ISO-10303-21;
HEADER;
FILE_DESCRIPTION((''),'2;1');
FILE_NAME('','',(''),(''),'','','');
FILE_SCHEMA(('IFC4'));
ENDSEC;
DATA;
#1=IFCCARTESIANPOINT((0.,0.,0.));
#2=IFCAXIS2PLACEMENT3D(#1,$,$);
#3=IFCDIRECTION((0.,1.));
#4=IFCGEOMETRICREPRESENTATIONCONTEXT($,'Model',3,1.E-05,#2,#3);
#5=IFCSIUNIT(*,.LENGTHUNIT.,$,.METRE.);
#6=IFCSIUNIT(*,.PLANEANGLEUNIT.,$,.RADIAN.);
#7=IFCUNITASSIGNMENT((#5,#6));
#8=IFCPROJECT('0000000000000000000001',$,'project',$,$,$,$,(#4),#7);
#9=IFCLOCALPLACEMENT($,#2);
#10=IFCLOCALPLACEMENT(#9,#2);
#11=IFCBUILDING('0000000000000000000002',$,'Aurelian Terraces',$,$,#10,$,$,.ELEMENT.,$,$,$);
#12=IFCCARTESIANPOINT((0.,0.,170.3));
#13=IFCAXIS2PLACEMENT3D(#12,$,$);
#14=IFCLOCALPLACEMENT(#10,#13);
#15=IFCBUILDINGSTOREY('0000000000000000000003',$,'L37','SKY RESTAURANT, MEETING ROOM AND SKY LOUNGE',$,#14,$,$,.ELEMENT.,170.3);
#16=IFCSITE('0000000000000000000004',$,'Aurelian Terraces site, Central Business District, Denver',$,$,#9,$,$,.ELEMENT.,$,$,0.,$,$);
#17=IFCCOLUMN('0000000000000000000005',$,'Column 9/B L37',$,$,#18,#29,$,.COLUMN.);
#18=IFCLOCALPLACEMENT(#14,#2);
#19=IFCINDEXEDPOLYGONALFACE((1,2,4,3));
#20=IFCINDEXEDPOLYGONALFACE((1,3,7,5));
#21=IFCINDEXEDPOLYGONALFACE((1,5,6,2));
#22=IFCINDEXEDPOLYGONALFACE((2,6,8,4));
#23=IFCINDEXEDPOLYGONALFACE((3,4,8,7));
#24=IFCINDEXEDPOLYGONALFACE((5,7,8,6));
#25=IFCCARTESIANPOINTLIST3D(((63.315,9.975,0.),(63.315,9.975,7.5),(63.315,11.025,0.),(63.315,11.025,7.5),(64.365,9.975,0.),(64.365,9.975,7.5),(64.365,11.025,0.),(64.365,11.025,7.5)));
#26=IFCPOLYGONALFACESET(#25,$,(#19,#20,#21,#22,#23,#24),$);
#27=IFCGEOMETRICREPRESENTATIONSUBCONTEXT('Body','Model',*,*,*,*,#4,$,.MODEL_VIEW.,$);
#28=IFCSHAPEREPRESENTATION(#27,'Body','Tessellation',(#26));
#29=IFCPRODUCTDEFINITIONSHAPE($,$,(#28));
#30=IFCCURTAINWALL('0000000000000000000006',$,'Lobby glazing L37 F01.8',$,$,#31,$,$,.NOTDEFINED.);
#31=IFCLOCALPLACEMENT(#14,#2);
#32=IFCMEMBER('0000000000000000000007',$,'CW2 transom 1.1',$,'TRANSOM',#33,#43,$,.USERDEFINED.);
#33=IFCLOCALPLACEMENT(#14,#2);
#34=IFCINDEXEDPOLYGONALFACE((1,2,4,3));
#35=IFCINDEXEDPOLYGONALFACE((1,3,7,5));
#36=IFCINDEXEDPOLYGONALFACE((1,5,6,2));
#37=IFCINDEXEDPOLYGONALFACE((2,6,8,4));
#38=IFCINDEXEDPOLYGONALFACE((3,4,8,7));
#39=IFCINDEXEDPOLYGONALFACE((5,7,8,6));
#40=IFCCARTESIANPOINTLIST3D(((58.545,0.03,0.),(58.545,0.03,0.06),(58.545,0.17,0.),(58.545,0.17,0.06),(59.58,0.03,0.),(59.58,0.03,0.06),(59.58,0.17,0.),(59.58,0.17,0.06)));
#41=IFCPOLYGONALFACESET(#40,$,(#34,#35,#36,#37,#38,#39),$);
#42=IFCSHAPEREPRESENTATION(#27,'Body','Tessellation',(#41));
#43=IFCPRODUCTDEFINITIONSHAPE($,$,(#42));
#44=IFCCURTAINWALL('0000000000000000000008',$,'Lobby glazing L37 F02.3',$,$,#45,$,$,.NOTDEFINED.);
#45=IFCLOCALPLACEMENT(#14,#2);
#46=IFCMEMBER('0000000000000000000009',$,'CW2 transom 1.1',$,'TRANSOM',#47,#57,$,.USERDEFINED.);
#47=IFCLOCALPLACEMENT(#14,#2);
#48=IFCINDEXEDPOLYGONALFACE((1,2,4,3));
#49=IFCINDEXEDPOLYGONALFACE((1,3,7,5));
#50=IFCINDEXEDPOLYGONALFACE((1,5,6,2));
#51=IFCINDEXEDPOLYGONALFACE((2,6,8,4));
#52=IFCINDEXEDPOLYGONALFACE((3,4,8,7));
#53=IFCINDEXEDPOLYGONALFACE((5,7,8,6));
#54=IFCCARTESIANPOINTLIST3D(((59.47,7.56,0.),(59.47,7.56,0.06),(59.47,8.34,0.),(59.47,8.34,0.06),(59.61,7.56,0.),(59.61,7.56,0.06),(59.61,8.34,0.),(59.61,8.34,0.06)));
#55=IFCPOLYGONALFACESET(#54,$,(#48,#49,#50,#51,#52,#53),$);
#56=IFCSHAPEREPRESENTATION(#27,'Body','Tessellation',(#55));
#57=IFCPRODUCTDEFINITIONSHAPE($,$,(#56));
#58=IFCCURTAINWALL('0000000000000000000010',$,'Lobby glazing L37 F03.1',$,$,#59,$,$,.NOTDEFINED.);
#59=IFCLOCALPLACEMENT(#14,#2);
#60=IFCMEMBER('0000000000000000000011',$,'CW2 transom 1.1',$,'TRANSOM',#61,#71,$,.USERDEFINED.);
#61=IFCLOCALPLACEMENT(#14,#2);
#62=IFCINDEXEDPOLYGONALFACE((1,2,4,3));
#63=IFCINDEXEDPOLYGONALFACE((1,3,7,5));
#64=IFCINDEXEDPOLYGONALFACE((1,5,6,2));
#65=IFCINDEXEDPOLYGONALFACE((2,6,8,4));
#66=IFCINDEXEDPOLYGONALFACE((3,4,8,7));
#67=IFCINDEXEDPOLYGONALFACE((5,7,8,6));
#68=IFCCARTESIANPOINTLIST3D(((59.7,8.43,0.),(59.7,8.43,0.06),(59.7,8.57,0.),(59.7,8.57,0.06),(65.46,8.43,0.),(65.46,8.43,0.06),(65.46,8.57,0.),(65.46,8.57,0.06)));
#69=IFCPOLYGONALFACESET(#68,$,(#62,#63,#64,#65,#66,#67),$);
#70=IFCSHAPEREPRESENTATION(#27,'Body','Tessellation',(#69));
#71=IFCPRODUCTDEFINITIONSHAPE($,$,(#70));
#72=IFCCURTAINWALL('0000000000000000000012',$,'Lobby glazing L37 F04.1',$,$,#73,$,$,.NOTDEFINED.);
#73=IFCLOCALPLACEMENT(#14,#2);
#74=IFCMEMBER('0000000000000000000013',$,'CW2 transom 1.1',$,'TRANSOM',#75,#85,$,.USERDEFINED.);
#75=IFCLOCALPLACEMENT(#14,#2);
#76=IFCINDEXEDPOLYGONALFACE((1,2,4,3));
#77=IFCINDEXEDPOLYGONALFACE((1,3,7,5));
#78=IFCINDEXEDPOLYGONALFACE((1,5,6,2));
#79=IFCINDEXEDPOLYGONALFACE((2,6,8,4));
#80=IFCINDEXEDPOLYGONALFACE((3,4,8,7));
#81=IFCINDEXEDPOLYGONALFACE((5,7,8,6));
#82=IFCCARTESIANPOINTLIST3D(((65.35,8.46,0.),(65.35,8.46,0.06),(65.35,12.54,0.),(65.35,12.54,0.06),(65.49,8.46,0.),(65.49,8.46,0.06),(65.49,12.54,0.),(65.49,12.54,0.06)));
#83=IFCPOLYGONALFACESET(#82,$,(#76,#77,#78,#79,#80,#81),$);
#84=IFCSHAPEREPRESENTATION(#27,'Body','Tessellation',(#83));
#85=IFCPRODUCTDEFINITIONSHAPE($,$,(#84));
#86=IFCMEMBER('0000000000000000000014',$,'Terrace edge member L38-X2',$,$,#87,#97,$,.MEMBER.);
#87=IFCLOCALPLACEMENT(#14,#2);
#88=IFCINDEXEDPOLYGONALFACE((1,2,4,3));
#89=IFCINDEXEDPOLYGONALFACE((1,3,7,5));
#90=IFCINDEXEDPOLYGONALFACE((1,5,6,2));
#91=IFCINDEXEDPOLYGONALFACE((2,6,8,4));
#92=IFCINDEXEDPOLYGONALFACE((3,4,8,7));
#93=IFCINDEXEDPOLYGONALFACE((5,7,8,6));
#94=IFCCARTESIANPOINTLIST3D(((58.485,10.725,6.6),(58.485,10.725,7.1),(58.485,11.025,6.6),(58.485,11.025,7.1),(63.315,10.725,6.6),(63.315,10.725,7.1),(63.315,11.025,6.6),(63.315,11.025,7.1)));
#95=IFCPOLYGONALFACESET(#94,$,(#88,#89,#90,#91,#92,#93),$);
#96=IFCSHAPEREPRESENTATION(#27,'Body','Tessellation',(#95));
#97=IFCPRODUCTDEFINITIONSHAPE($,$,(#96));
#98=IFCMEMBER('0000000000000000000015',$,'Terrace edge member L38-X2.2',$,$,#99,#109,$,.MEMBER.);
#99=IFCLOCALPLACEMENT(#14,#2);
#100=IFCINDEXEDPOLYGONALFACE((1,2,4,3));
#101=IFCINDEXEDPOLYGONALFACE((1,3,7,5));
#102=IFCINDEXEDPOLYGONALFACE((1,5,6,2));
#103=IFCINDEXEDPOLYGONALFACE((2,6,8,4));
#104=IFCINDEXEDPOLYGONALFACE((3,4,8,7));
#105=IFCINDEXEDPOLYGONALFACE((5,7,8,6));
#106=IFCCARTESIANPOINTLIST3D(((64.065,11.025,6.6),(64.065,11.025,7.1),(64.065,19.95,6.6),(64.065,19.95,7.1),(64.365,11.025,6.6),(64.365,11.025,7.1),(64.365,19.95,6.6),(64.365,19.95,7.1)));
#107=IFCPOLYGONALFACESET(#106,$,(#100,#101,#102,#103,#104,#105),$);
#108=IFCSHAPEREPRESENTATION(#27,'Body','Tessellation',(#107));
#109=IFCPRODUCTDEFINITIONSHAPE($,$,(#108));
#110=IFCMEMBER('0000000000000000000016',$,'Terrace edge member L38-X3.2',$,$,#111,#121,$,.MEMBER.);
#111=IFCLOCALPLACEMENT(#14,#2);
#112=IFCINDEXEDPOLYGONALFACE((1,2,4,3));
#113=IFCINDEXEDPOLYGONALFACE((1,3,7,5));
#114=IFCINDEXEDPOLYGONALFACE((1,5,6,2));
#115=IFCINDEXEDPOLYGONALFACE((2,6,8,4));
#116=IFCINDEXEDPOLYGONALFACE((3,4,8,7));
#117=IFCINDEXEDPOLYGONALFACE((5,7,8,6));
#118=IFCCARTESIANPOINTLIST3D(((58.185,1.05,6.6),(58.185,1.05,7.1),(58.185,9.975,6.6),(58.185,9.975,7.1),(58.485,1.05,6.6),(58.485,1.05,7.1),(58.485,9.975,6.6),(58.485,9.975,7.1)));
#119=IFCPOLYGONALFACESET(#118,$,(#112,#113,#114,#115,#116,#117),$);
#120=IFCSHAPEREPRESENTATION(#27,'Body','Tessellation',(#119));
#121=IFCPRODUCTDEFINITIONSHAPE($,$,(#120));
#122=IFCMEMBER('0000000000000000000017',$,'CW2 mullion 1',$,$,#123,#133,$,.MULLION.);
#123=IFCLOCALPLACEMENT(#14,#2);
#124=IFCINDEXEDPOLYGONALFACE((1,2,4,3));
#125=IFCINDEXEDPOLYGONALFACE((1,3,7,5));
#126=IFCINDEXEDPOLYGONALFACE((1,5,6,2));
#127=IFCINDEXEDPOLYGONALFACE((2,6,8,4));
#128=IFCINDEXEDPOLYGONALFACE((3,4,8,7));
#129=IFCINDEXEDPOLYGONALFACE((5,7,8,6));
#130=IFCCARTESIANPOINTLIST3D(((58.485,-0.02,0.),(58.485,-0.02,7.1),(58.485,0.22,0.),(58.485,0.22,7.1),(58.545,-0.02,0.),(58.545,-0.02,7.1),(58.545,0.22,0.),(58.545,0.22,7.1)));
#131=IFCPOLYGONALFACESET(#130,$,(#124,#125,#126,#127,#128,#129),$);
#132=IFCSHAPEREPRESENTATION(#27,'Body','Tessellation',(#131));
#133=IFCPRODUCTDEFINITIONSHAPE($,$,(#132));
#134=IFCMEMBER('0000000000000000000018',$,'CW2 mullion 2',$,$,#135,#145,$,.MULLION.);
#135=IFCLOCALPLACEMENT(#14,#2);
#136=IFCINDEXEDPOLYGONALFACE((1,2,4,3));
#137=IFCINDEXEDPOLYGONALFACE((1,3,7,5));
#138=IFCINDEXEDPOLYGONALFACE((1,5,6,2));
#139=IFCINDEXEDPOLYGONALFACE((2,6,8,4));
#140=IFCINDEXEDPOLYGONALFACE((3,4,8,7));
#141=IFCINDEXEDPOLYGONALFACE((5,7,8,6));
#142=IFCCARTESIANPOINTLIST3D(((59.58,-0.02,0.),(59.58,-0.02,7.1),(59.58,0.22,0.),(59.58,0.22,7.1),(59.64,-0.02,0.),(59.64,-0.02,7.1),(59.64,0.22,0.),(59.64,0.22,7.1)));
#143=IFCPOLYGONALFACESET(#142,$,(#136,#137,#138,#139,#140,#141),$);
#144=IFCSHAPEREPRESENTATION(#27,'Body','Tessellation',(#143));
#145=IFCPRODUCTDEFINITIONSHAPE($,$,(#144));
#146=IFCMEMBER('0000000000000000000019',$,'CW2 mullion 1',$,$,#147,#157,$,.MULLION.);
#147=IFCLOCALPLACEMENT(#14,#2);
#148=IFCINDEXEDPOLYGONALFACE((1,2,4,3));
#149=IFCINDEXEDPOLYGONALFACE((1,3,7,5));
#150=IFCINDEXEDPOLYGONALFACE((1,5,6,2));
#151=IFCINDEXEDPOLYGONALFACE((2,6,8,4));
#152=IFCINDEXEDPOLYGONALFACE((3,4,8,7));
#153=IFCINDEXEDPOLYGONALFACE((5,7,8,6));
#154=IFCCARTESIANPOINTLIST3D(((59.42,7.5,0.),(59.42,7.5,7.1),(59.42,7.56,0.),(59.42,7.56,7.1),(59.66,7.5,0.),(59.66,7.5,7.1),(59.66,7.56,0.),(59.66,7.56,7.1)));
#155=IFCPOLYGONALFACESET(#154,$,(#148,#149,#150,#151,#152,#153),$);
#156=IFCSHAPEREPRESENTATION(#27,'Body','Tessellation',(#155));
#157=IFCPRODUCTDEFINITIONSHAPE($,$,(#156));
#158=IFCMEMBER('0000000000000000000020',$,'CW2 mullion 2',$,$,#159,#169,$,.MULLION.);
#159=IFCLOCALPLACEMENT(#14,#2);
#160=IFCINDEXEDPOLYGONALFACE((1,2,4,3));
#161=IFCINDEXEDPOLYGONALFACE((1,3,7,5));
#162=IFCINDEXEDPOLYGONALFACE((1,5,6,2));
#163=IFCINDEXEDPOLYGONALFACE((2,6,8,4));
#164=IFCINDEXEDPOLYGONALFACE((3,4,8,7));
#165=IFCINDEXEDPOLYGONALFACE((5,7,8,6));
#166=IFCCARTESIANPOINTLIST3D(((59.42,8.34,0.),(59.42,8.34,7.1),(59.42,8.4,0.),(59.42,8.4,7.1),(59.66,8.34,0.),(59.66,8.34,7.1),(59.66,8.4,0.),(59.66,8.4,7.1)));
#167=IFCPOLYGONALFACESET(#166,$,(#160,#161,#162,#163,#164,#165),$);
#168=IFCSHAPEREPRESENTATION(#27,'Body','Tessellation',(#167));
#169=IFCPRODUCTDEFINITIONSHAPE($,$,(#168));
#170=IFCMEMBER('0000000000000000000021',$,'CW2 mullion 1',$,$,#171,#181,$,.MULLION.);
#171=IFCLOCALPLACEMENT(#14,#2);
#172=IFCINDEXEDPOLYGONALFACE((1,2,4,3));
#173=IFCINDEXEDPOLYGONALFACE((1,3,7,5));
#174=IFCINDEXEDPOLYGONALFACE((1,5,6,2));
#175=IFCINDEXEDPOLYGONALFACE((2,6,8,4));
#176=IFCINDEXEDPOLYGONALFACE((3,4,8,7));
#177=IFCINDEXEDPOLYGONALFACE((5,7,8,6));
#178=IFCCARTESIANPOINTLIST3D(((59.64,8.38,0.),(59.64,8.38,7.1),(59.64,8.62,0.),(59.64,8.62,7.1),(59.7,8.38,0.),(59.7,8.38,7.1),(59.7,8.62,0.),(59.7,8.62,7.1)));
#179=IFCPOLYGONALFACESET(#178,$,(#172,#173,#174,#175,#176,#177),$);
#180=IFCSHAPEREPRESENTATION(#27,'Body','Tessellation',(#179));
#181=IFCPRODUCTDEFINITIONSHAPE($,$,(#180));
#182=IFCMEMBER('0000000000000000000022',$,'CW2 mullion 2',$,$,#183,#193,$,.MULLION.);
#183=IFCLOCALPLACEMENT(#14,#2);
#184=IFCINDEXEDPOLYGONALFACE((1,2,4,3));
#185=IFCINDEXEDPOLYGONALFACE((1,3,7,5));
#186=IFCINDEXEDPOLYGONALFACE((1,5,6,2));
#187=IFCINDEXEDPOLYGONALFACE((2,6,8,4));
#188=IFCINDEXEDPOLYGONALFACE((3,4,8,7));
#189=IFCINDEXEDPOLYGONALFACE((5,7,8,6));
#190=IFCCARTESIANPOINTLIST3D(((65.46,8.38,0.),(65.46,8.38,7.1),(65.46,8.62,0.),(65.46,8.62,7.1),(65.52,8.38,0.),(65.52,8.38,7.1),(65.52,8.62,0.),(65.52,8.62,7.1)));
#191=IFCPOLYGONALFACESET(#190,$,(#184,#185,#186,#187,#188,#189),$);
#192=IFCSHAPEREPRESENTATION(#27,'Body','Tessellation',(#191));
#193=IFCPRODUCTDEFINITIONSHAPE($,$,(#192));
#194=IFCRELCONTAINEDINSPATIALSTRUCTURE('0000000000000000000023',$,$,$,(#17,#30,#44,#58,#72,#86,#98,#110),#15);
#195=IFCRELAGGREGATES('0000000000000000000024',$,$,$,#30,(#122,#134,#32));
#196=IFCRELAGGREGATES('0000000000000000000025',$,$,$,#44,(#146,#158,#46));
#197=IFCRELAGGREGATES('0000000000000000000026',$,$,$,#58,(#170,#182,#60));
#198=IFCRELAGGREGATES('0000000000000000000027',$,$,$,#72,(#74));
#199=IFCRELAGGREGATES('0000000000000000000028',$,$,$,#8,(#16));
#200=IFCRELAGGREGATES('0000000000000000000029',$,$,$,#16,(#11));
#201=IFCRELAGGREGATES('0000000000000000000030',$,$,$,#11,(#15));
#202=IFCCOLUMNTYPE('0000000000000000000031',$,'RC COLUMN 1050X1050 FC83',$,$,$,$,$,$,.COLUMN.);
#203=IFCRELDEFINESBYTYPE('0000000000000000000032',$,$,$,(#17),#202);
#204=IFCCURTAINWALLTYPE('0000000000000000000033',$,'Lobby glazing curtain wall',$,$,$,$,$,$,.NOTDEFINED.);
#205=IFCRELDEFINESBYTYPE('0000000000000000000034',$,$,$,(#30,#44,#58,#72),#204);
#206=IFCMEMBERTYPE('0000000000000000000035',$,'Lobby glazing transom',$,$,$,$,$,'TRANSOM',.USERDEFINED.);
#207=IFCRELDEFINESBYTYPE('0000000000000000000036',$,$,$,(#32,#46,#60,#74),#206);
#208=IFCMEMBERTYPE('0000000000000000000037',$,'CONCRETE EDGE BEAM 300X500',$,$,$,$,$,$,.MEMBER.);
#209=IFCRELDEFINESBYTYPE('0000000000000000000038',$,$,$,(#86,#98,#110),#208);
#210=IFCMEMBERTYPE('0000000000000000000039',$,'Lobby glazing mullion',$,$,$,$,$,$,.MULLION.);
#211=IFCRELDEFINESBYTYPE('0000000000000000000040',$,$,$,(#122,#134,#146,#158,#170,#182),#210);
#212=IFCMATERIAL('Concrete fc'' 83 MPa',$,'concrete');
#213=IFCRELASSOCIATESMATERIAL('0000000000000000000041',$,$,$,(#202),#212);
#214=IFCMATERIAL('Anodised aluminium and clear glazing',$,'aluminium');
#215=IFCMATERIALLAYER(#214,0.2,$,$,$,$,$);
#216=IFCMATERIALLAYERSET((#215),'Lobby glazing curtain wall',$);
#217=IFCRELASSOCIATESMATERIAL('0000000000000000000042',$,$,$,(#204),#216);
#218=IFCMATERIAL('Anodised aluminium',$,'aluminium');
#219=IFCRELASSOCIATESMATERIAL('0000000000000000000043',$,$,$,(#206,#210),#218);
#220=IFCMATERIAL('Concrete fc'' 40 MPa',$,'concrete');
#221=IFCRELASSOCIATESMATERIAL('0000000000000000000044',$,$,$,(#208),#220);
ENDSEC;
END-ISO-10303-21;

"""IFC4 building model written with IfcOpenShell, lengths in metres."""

from ifc_helpers import new_model, si_unit, direction, frame, origin, origin_2d, place, context, subcontext, project, spatial, rectangle, extrude, source, transform, mapped, material, layer, layer_set, material_profile, profile_set, type_object, element, aggregate, save


model = new_model("IFC4")

# Units and contexts
model_context = context("Model", 3, precision=1e-05, world=origin(), true_north=direction((0.0, 1.0)))
body_context = subcontext(model_context, "Body", "Model", "MODEL_VIEW")
ifc_project = project(units=[si_unit("LENGTHUNIT", "METRE"), si_unit("PLANEANGLEUNIT", "RADIAN")], contexts=[model_context])

# Site, building, storey
site_placement = place(None, origin())
site = spatial("IfcSite", under=ifc_project, at=site_placement, Name="Aurelian Terraces site, Central Business District, Denver", CompositionType="ELEMENT", RefElevation=0.0)
building_placement = place(site_placement, origin())
building = spatial("IfcBuilding", under=site, at=building_placement, Name="Aurelian Terraces", CompositionType="ELEMENT")
storey_placement = place(building_placement, frame((0.0, 0.0, 170.3)))
storey = spatial("IfcBuildingStorey", under=building, at=storey_placement, Name="L37", Description="SKY RESTAURANT, MEETING ROOM AND SKY LOUNGE", CompositionType="ELEMENT", Elevation=170.3)

# Column
ifc_material_1 = material(Name="Concrete fc' 83 MPa", Category="concrete")
ifc_material_profile_1 = material_profile(ifc_material_1, rectangle(XDim=1.05, YDim=1.05, at=origin_2d()))
ifc_profile_set_1 = profile_set([ifc_material_profile_1], Name="Concrete fc' 83 MPa")
column_type = type_object("IfcColumnType", Name="RC COLUMN 1050X1050 FC83", PredefinedType="COLUMN", material=ifc_profile_set_1)
shared_shape_1 = source(origin(), body_context, "Body", "SweptSolid", [
    extrude(rectangle(XDim=1.05, YDim=1.05, at=origin_2d()), origin(), (0.0, 0.0, 1.0), 7.5),
])
column_placement = place(storey_placement, frame((63.84, 10.5, 0.0), z_axis=(0.0, 0.0, 1.0), x_axis=(1.0, 0.0, 0.0)))
element("IfcColumn", 1, at=column_placement, inside=storey, type_object=column_type, Name="Column 9/B L37", PredefinedType="COLUMN", context=body_context, shape_type="MappedRepresentation", body=[
    mapped(shared_shape_1, transform((0.0, 0.0, 0.0), scale=1.0)),
])

# Curtain walls, members
ifc_material_2 = material(Name="Anodised aluminium and clear glazing", Category="aluminium")
ifc_layer_1 = layer(ifc_material_2, 0.2)
ifc_layer_set_1 = layer_set([ifc_layer_1], Name="Lobby glazing curtain wall")
curtain_wall_type = type_object("IfcCurtainWallType", Name="Lobby glazing curtain wall", PredefinedType="NOTDEFINED", material=ifc_layer_set_1)
curtain_wall_1_placement = place(storey_placement, origin())
curtain_wall_1 = element("IfcCurtainWall", 2, at=curtain_wall_1_placement, inside=storey, type_object=curtain_wall_type, Name="Lobby glazing L37 F01.8", PredefinedType="NOTDEFINED")
ifc_material_3 = material(Name="Anodised aluminium", Category="aluminium")
ifc_material_profile_2 = material_profile(ifc_material_3, rectangle(XDim=0.14, YDim=0.06, at=origin_2d()))
ifc_profile_set_2 = profile_set([ifc_material_profile_2], Name="Anodised aluminium")
member_type_1 = type_object("IfcMemberType", Name="Lobby glazing transom", ElementType="TRANSOM", PredefinedType="USERDEFINED", material=ifc_profile_set_2)
member_1_placement = place(storey_placement, frame((58.545, 0.1, 0.03), z_axis=(1.0, 0.0, 0.0), x_axis=(0.0, 1.0, 0.0)))
member_1 = element("IfcMember", 3, at=member_1_placement, type_object=member_type_1, Name="CW2 transom 1.1", ObjectType="TRANSOM", PredefinedType="USERDEFINED", context=body_context, shape_type="SweptSolid", body=[
    extrude(rectangle(XDim=0.14, YDim=0.06, at=origin_2d()), origin(), (0.0, 0.0, 1.0), 1.035),
])
curtain_wall_2_placement = place(storey_placement, origin())
curtain_wall_2 = element("IfcCurtainWall", 4, at=curtain_wall_2_placement, inside=storey, type_object=curtain_wall_type, Name="Lobby glazing L37 F02.3", PredefinedType="NOTDEFINED")
member_2_placement = place(storey_placement, frame((59.54, 7.56, 0.03), z_axis=(0.0, 1.0, 0.0), x_axis=(-1.0, 0.0, 0.0)))
member_2 = element("IfcMember", 5, at=member_2_placement, type_object=member_type_1, Name="CW2 transom 1.1", ObjectType="TRANSOM", PredefinedType="USERDEFINED", context=body_context, shape_type="SweptSolid", body=[
    extrude(rectangle(XDim=0.14, YDim=0.06, at=origin_2d()), origin(), (0.0, 0.0, 1.0), 0.78),
])
curtain_wall_3_placement = place(storey_placement, origin())
curtain_wall_3 = element("IfcCurtainWall", 6, at=curtain_wall_3_placement, inside=storey, type_object=curtain_wall_type, Name="Lobby glazing L37 F03.1", PredefinedType="NOTDEFINED")
member_3_placement = place(storey_placement, frame((59.7, 8.5, 0.03), z_axis=(1.0, 0.0, 0.0), x_axis=(0.0, 1.0, 0.0)))
member_3 = element("IfcMember", 7, at=member_3_placement, type_object=member_type_1, Name="CW2 transom 1.1", ObjectType="TRANSOM", PredefinedType="USERDEFINED", context=body_context, shape_type="SweptSolid", body=[
    extrude(rectangle(XDim=0.14, YDim=0.06, at=origin_2d()), origin(), (0.0, 0.0, 1.0), 5.76),
])
curtain_wall_4_placement = place(storey_placement, origin())
curtain_wall_4 = element("IfcCurtainWall", 8, at=curtain_wall_4_placement, inside=storey, type_object=curtain_wall_type, Name="Lobby glazing L37 F04.1", PredefinedType="NOTDEFINED")
member_4_placement = place(storey_placement, frame((65.42, 8.46, 0.03), z_axis=(0.0, 1.0, 0.0), x_axis=(-1.0, 0.0, 0.0)))
member_4 = element("IfcMember", 9, at=member_4_placement, type_object=member_type_1, Name="CW2 transom 1.1", ObjectType="TRANSOM", PredefinedType="USERDEFINED", context=body_context, shape_type="SweptSolid", body=[
    extrude(rectangle(XDim=0.14, YDim=0.06, at=origin_2d()), origin(), (0.0, 0.0, 1.0), 4.08),
])

# Members
ifc_material_4 = material(Name="Concrete fc' 40 MPa", Category="concrete")
ifc_material_profile_3 = material_profile(ifc_material_4, rectangle(XDim=0.3, YDim=0.5, at=origin_2d()))
ifc_profile_set_3 = profile_set([ifc_material_profile_3], Name="Concrete fc' 40 MPa")
member_type_2 = type_object("IfcMemberType", Name="CONCRETE EDGE BEAM 300X500", PredefinedType="MEMBER", material=ifc_profile_set_3)
shared_shape_2 = source(origin(), body_context, "Body", "SweptSolid", [
    extrude(rectangle(XDim=0.3, YDim=0.5, at=origin_2d()), origin(), (0.0, 0.0, 1.0), 4.83),
])
member_5_placement = place(storey_placement, frame((63.315, 10.875, 6.85), z_axis=(-1.0, 0.0, 0.0), x_axis=(0.0, -1.0, 0.0)))
element("IfcMember", 10, at=member_5_placement, inside=storey, type_object=member_type_2, Name="Terrace edge member L38-X2", PredefinedType="MEMBER", context=body_context, shape_type="MappedRepresentation", body=[
    mapped(shared_shape_2, transform((0.0, 0.0, 0.0), scale=1.0)),
])
shared_shape_3 = source(origin(), body_context, "Body", "SweptSolid", [
    extrude(rectangle(XDim=0.3, YDim=0.5, at=origin_2d()), origin(), (0.0, 0.0, 1.0), 8.925),
])
for number, where, z_axis, x_axis, name in (
    (11, (64.215, 11.025, 6.85), (0.0, 1.0, 0.0), (-1.0, 0.0, 0.0), "Terrace edge member L38-X2.2"),
    (12, (58.335, 1.05, 6.85), (0.0, 1.0, 0.0), (-1.0, 0.0, 0.0), "Terrace edge member L38-X3.2"),
):
    element("IfcMember", number, at=place(storey_placement, frame(where, z_axis=z_axis, x_axis=x_axis)), inside=storey, type_object=member_type_2, Name=name, PredefinedType="MEMBER", context=body_context, shape_type="MappedRepresentation", body=[
        mapped(shared_shape_3, transform((0.0, 0.0, 0.0), scale=1.0)),
    ])

# Members
ifc_material_profile_4 = material_profile(ifc_material_3, rectangle(XDim=0.24, YDim=0.06, at=origin_2d()))
ifc_profile_set_4 = profile_set([ifc_material_profile_4], Name="Anodised aluminium")
member_type_3 = type_object("IfcMemberType", Name="Lobby glazing mullion", PredefinedType="MULLION", material=ifc_profile_set_4)
shared_shape_4 = source(origin(), body_context, "Body", "SweptSolid", [
    extrude(rectangle(XDim=0.24, YDim=0.06, at=origin_2d()), origin(), (0.0, 0.0, 1.0), 7.1),
])
member_6_placement = place(storey_placement, frame((58.515, 0.1, 0.0), z_axis=(0.0, 0.0, 1.0), x_axis=(0.0, 1.0, 0.0)))
member_6 = element("IfcMember", 13, at=member_6_placement, type_object=member_type_3, Name="CW2 mullion 1", PredefinedType="MULLION", context=body_context, shape_type="MappedRepresentation", body=[
    mapped(shared_shape_4, transform((0.0, 0.0, 0.0), scale=1.0)),
])
member_7_placement = place(storey_placement, frame((59.61, 0.1, 0.0), z_axis=(0.0, 0.0, 1.0), x_axis=(0.0, 1.0, 0.0)))
member_7 = element("IfcMember", 14, at=member_7_placement, type_object=member_type_3, Name="CW2 mullion 2", PredefinedType="MULLION", context=body_context, shape_type="MappedRepresentation", body=[
    mapped(shared_shape_4, transform((0.0, 0.0, 0.0), scale=1.0)),
])
member_8_placement = place(storey_placement, frame((59.54, 7.53, 0.0), z_axis=(0.0, 0.0, 1.0), x_axis=(-1.0, 0.0, 0.0)))
member_8 = element("IfcMember", 15, at=member_8_placement, type_object=member_type_3, Name="CW2 mullion 1", PredefinedType="MULLION", context=body_context, shape_type="MappedRepresentation", body=[
    mapped(shared_shape_4, transform((0.0, 0.0, 0.0), scale=1.0)),
])
member_9_placement = place(storey_placement, frame((59.54, 8.37, 0.0), z_axis=(0.0, 0.0, 1.0), x_axis=(-1.0, 0.0, 0.0)))
member_9 = element("IfcMember", 16, at=member_9_placement, type_object=member_type_3, Name="CW2 mullion 2", PredefinedType="MULLION", context=body_context, shape_type="MappedRepresentation", body=[
    mapped(shared_shape_4, transform((0.0, 0.0, 0.0), scale=1.0)),
])
member_10_placement = place(storey_placement, frame((59.67, 8.5, 0.0), z_axis=(0.0, 0.0, 1.0), x_axis=(0.0, 1.0, 0.0)))
member_10 = element("IfcMember", 17, at=member_10_placement, type_object=member_type_3, Name="CW2 mullion 1", PredefinedType="MULLION", context=body_context, shape_type="MappedRepresentation", body=[
    mapped(shared_shape_4, transform((0.0, 0.0, 0.0), scale=1.0)),
])
member_11_placement = place(storey_placement, frame((65.49, 8.5, 0.0), z_axis=(0.0, 0.0, 1.0), x_axis=(0.0, 1.0, 0.0)))
member_11 = element("IfcMember", 18, at=member_11_placement, type_object=member_type_3, Name="CW2 mullion 2", PredefinedType="MULLION", context=body_context, shape_type="MappedRepresentation", body=[
    mapped(shared_shape_4, transform((0.0, 0.0, 0.0), scale=1.0)),
])

aggregate(curtain_wall_1, [member_6, member_7, member_1])
aggregate(curtain_wall_2, [member_8, member_9, member_2])
aggregate(curtain_wall_3, [member_10, member_11, member_3])
aggregate(curtain_wall_4, [member_4])

save(model, "model.ifc")
